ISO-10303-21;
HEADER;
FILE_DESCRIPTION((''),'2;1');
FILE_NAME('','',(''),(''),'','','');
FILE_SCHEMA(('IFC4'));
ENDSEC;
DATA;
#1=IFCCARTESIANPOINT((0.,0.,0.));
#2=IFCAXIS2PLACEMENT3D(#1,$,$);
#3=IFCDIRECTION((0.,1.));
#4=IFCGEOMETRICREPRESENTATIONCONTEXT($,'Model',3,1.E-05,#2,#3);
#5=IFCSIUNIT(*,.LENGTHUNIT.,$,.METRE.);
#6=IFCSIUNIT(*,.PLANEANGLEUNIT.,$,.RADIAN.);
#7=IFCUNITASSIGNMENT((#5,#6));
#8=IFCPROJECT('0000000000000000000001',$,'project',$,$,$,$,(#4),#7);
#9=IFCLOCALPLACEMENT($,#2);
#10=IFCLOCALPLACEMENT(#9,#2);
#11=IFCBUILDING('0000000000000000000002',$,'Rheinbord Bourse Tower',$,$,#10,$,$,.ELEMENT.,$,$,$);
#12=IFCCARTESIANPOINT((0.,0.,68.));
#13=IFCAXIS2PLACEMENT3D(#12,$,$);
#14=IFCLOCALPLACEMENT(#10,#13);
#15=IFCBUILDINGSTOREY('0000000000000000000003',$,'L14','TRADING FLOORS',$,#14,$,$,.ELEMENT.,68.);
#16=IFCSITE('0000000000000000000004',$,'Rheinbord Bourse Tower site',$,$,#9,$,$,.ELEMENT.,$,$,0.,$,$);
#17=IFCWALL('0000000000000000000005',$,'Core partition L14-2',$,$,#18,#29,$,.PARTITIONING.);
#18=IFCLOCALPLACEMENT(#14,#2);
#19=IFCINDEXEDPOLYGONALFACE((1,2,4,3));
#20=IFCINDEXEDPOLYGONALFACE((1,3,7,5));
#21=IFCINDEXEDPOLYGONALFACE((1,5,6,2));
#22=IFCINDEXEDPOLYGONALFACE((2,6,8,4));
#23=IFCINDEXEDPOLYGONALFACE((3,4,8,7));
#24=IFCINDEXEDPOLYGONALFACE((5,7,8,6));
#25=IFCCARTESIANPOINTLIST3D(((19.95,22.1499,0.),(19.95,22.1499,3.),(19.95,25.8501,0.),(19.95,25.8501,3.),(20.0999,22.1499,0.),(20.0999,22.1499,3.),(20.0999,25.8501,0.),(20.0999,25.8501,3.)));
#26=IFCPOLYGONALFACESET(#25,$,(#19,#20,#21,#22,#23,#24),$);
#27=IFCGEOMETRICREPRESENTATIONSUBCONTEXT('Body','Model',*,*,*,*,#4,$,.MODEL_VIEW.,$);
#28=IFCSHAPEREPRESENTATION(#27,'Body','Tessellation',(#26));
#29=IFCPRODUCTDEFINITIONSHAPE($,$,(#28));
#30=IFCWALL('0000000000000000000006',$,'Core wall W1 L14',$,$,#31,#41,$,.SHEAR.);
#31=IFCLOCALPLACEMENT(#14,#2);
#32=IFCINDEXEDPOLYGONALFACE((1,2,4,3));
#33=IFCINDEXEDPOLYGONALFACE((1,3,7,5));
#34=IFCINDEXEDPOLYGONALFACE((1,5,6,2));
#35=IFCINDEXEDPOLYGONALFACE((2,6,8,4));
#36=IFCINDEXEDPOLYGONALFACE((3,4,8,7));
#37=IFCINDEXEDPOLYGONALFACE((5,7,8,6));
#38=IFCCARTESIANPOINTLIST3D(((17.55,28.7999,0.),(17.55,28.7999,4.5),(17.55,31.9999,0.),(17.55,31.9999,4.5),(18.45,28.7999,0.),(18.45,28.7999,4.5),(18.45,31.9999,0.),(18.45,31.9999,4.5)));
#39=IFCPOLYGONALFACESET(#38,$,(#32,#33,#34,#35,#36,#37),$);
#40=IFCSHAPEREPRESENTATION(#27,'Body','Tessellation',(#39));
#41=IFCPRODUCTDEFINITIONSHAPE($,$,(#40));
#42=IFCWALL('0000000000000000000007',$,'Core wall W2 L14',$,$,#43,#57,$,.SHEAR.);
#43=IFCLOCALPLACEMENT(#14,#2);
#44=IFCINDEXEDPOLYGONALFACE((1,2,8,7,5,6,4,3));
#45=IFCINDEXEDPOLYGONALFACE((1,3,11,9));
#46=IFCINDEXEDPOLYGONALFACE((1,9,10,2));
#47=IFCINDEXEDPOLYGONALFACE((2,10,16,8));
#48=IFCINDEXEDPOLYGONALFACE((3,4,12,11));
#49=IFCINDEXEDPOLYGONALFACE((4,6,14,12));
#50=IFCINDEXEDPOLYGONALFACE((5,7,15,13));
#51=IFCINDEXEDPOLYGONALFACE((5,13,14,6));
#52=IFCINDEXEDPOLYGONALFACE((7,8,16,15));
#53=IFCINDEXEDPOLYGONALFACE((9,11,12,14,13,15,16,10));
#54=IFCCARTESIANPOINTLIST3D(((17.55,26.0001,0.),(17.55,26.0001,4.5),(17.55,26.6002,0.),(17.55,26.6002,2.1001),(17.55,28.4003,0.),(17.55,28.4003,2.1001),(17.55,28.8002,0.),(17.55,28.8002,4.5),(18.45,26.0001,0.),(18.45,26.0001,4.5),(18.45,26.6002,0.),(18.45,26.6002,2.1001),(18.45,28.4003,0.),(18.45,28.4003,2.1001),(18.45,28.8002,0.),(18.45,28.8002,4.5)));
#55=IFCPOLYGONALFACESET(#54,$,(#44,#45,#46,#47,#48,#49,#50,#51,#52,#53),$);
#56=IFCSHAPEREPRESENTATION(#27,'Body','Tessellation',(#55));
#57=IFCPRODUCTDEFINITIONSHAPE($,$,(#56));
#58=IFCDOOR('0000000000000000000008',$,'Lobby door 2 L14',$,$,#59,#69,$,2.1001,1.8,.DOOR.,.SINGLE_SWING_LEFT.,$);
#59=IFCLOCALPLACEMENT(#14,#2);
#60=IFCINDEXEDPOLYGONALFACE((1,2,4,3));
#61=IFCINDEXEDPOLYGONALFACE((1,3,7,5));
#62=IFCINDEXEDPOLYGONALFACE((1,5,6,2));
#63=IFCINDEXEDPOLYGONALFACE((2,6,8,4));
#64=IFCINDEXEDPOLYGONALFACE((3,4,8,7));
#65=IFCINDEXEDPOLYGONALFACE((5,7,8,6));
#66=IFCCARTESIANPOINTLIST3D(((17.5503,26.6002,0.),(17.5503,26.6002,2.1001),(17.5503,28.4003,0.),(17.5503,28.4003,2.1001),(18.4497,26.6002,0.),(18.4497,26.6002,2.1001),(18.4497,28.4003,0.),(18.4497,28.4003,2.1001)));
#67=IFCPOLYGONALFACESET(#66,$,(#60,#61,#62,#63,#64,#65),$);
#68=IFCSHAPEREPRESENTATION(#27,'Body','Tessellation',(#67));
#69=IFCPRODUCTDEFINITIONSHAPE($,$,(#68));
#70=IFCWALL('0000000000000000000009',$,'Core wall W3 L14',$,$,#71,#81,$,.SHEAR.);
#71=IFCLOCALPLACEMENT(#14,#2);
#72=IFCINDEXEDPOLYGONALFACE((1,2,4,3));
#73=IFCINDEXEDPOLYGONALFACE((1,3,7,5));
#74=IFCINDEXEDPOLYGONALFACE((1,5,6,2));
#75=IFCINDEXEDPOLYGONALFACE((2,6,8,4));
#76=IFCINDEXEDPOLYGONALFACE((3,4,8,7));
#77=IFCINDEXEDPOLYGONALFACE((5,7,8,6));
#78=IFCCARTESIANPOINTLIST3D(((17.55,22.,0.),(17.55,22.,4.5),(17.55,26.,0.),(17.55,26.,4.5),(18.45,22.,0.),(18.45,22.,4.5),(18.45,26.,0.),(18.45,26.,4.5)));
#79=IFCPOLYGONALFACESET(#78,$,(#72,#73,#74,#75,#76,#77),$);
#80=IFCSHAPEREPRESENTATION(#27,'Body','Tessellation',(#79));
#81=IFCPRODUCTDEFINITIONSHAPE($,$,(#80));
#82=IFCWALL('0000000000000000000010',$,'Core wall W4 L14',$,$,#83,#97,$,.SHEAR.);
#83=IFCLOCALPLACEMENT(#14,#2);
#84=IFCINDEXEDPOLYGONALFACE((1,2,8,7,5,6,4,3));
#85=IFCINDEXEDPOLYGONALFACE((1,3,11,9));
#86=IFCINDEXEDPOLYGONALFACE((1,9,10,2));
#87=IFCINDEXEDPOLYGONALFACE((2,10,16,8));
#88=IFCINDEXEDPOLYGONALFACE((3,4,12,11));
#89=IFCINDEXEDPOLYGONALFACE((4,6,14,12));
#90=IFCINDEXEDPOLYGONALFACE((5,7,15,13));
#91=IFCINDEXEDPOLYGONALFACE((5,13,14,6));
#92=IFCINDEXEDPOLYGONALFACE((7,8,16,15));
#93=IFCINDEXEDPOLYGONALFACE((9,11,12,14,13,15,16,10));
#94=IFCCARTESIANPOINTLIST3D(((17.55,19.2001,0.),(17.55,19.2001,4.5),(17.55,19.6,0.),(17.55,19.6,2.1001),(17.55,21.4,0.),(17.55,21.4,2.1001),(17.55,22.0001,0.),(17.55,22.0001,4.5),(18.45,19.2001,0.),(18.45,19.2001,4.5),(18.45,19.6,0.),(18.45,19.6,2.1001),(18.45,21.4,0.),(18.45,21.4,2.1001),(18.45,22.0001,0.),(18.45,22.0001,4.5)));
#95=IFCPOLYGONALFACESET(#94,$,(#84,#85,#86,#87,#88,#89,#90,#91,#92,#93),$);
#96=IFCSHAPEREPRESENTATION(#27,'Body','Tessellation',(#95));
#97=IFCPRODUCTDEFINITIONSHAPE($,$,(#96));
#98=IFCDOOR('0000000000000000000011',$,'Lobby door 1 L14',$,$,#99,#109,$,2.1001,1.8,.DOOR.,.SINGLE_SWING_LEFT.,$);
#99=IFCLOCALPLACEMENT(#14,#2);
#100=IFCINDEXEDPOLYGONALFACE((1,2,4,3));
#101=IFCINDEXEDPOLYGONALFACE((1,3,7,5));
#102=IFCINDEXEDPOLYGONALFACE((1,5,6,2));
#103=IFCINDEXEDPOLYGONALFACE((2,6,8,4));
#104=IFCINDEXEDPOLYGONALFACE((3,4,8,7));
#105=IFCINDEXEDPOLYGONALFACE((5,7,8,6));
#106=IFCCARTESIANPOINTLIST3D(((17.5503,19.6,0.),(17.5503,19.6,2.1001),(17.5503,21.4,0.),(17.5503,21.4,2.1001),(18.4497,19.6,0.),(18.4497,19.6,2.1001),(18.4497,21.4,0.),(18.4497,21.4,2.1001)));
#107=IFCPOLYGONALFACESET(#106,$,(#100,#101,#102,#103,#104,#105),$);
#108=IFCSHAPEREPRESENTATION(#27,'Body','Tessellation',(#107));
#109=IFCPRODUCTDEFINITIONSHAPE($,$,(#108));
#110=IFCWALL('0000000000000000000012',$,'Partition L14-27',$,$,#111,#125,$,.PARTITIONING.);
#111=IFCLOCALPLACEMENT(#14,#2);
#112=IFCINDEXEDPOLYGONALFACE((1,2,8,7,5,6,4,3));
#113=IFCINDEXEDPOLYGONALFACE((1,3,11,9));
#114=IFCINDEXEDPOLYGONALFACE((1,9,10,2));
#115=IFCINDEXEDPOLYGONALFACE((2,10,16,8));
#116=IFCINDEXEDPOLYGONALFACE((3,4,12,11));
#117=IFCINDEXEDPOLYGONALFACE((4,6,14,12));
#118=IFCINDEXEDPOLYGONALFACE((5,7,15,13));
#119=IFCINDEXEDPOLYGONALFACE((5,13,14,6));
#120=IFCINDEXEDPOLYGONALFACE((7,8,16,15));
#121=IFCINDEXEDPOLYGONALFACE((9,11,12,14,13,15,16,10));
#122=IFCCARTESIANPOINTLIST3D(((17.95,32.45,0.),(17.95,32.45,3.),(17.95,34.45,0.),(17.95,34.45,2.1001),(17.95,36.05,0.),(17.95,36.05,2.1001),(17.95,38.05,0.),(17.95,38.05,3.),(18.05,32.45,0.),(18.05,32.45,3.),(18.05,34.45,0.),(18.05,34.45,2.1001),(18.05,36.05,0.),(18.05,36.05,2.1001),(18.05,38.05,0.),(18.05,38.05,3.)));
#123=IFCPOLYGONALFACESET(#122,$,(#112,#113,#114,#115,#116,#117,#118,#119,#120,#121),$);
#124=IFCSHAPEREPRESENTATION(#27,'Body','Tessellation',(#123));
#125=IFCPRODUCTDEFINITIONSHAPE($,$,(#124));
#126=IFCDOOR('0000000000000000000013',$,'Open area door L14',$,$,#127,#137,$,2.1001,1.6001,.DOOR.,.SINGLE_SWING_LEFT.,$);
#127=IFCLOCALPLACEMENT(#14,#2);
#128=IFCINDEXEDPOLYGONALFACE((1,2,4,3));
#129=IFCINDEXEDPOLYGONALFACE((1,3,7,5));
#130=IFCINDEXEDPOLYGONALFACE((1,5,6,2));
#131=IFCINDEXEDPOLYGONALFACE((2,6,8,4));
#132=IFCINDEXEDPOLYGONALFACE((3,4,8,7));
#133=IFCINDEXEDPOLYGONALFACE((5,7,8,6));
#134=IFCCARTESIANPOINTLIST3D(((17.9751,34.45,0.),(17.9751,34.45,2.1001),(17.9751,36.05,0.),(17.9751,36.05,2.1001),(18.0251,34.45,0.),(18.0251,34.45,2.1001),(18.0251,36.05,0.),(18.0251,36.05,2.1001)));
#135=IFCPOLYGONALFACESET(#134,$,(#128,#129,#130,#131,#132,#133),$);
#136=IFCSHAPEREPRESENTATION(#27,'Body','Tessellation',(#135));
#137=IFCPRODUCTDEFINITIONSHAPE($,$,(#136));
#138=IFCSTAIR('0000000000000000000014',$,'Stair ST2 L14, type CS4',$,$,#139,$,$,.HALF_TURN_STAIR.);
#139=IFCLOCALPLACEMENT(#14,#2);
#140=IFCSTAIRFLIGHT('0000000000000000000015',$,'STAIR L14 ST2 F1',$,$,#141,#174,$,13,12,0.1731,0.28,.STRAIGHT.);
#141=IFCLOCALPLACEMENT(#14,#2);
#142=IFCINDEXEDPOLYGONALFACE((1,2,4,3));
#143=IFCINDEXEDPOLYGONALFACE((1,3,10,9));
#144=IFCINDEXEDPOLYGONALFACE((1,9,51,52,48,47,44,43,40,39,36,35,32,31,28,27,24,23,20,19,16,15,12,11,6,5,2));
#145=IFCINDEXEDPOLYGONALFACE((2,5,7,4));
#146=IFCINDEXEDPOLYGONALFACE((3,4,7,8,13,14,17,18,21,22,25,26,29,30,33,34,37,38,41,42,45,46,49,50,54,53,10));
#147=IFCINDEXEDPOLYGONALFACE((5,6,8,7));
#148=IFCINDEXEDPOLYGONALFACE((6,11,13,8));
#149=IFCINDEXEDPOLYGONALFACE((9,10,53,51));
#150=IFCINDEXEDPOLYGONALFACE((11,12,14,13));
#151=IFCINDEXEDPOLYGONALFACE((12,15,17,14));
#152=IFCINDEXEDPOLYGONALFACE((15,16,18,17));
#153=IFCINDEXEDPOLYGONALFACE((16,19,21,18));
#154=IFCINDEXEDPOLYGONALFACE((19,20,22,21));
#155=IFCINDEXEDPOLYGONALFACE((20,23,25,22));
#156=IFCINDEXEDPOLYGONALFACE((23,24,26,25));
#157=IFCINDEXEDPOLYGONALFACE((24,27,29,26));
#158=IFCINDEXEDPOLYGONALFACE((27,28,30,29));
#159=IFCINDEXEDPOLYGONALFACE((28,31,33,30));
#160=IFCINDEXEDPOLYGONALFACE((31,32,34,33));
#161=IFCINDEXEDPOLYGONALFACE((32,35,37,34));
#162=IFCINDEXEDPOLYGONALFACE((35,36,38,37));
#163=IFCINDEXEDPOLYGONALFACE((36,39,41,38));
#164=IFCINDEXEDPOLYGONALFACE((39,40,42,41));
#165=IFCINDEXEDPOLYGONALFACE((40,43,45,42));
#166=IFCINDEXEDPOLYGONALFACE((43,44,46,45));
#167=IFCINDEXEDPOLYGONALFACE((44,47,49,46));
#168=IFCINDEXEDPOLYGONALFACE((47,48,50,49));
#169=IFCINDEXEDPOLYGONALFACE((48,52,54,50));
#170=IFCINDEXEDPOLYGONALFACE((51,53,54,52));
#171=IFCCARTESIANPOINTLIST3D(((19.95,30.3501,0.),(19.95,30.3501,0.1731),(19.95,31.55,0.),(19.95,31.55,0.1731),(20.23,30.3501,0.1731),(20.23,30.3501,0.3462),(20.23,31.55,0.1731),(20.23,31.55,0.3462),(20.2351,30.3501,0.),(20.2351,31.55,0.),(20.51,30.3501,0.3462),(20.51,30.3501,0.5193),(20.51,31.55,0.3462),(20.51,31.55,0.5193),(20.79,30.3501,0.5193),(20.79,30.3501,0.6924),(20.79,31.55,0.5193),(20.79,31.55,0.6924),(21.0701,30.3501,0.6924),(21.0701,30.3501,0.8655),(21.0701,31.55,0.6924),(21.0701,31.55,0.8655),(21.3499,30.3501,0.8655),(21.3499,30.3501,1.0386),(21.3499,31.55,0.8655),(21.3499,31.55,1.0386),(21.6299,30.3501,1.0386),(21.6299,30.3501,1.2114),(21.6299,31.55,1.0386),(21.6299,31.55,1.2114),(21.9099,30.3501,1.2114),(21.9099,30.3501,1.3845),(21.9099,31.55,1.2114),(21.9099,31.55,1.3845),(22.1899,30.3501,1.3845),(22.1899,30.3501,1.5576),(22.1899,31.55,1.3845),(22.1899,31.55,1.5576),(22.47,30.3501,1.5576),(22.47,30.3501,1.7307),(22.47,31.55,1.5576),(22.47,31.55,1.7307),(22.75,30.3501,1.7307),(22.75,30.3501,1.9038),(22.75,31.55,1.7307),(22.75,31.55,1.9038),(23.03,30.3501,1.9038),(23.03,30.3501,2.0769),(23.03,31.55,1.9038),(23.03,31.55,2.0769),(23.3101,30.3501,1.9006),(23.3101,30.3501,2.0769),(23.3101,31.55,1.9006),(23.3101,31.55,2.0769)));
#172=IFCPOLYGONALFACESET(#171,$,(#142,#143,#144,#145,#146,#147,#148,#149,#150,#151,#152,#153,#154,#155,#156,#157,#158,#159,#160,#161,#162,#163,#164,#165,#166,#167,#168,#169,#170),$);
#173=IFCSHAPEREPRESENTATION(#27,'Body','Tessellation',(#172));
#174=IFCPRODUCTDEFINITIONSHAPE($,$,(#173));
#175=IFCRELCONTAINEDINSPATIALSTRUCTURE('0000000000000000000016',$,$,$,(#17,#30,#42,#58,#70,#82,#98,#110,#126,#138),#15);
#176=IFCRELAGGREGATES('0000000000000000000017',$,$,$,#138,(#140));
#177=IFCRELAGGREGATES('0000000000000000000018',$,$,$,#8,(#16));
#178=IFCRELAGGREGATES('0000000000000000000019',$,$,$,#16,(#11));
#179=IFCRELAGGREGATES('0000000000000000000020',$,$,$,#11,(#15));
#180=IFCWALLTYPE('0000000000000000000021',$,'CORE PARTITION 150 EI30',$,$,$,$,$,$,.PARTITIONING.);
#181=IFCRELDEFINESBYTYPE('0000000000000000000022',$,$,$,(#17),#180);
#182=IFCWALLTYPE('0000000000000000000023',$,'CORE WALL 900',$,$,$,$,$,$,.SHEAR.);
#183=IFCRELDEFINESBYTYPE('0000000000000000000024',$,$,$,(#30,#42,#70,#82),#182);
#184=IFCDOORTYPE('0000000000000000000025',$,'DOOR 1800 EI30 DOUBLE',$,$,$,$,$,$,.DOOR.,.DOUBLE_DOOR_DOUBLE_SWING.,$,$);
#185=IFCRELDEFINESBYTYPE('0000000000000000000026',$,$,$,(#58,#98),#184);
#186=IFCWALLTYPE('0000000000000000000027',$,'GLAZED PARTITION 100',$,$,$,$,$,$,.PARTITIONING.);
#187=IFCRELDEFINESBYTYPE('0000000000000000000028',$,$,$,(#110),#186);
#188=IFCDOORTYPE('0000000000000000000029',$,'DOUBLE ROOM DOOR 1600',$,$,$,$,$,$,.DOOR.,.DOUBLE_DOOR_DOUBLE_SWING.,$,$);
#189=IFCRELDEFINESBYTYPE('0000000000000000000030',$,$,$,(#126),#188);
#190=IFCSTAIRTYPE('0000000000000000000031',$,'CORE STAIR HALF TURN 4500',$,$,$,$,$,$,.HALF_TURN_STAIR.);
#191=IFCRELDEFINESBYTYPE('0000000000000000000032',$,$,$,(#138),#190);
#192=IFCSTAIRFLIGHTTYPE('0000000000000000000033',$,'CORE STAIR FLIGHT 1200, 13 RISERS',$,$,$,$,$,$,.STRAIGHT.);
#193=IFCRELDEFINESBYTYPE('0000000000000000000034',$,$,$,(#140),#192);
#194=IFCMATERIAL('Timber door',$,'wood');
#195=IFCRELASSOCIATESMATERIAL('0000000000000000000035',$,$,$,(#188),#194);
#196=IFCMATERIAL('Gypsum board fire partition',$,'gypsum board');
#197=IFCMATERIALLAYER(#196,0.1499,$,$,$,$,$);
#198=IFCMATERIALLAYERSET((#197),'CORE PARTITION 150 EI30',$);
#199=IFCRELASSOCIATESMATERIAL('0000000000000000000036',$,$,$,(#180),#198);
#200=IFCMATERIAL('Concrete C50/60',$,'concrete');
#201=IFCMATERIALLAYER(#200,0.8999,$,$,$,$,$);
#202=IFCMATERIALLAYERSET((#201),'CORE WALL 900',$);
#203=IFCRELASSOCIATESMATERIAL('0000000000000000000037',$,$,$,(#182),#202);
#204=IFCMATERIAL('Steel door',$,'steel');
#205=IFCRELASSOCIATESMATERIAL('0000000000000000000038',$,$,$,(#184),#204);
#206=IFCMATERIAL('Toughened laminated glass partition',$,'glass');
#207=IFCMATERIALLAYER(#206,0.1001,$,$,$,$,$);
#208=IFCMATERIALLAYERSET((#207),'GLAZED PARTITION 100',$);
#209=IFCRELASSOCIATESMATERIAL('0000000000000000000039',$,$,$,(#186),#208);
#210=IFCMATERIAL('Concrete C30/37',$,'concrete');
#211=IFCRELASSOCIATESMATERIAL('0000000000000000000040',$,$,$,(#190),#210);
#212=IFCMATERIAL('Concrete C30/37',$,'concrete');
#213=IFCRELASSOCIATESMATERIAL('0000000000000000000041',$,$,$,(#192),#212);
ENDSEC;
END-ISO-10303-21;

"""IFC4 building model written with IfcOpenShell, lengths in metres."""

from ifc_helpers import new_model, si_unit, direction, frame, frame_2d, origin, place, context, subcontext, project, spatial, polyline, rectangle, outline, extrude, material, layer, layer_set, type_object, element, fill, aggregate, save


model = new_model("IFC4")

# Units and contexts
model_context = context("Model", 3, precision=1e-05, world=origin(), true_north=direction((0.0, 1.0)))
body_context = subcontext(model_context, "Body", "Model", "MODEL_VIEW")
ifc_project = project(units=[si_unit("LENGTHUNIT", "METRE"), si_unit("PLANEANGLEUNIT", "RADIAN")], contexts=[model_context])

# Site, building, storey
site_placement = place(None, origin())
site = spatial("IfcSite", under=ifc_project, at=site_placement, Name="Rheinbord Bourse Tower site", CompositionType="ELEMENT", RefElevation=0.0)
building_placement = place(site_placement, origin())
building = spatial("IfcBuilding", under=site, at=building_placement, Name="Rheinbord Bourse Tower", CompositionType="ELEMENT")
storey_placement = place(building_placement, frame((0.0, 0.0, 68.0)))
storey = spatial("IfcBuildingStorey", under=building, at=storey_placement, Name="L14", Description="TRADING FLOORS", CompositionType="ELEMENT", Elevation=68.0)

# Shared definitions
ifc_material_1 = material(Name="Timber door", Category="wood")
door_type_1 = type_object("IfcDoorType", Name="DOUBLE ROOM DOOR 1600", OperationType="DOUBLE_DOOR_DOUBLE_SWING", PredefinedType="DOOR", material=ifc_material_1)

# Walls
ifc_material_2 = material(Name="Gypsum board fire partition", Category="gypsum board")
ifc_layer_1 = layer(ifc_material_2, 0.1499)
ifc_layer_set_1 = layer_set([ifc_layer_1], Name="CORE PARTITION 150 EI30")
wall_type_1 = type_object("IfcWallType", Name="CORE PARTITION 150 EI30", PredefinedType="PARTITIONING", material=ifc_layer_set_1)
wall_1_placement = place(storey_placement, frame((20.0249, 22.1499, 0.0), z_axis=(0.0, 0.0, 1.0), x_axis=(0.0, 1.0, 0.0)))
element("IfcWall", 1, at=wall_1_placement, inside=storey, type_object=wall_type_1, Name="Core partition L14-2", PredefinedType="PARTITIONING", context=body_context, shape_type="SweptSolid", body=[
    extrude(rectangle(XDim=3.7002, YDim=0.1499, at=frame_2d((1.8501, 0.0))), origin(), (0.0, 0.0, 1.0), 3.0),
])
ifc_material_3 = material(Name="Concrete C50/60", Category="concrete")
ifc_layer_2 = layer(ifc_material_3, 0.8999)
ifc_layer_set_2 = layer_set([ifc_layer_2], Name="CORE WALL 900")
wall_type_2 = type_object("IfcWallType", Name="CORE WALL 900", PredefinedType="SHEAR", material=ifc_layer_set_2)
wall_2_placement = place(storey_placement, frame((18.0, 32.0, 0.0), z_axis=(0.0, 0.0, 1.0), x_axis=(0.0, -1.0, 0.0)))
element("IfcWall", 2, at=wall_2_placement, inside=storey, type_object=wall_type_2, Name="Core wall W1 L14", PredefinedType="SHEAR", context=body_context, shape_type="SweptSolid", body=[
    extrude(rectangle(XDim=3.2, YDim=0.8999, at=frame_2d((1.6001, 0.0))), origin(), (0.0, 0.0, 1.0), 4.5),
])

# Wall, opening, door
wall_3_placement = place(storey_placement, frame((18.0, 28.8, 0.0), z_axis=(0.0, 0.0, 1.0), x_axis=(0.0, -1.0, 0.0)))
wall_3 = element("IfcWall", 3, at=wall_3_placement, inside=storey, type_object=wall_type_2, Name="Core wall W2 L14", PredefinedType="SHEAR", context=body_context, shape_type="SweptSolid", body=[
    extrude(rectangle(XDim=2.8, YDim=0.8999, at=frame_2d((1.3999, 0.0))), origin(), (0.0, 0.0, 1.0), 4.5),
])
opening_1_placement = place(wall_3_placement, frame((0.3999, 0.0, 0.0)))
opening_1 = element("IfcOpeningElement", 4, at=opening_1_placement, cuts=wall_3, PredefinedType="OPENING", context=body_context, shape_type="SweptSolid", body=[
    extrude(rectangle(XDim=1.8, YDim=2.1001, at=frame_2d((0.8999, 1.05))), frame((0.0, 0.46, 0.0), z_axis=(0.0, -1.0, 0.0), x_axis=(1.0, 0.0, 0.0)), (0.0, 0.0, 1.0), 0.9199),
])
ifc_material_4 = material(Name="Steel door", Category="steel")
door_type_2 = type_object("IfcDoorType", Name="DOOR 1800 EI30 DOUBLE", OperationType="DOUBLE_DOOR_DOUBLE_SWING", PredefinedType="DOOR", material=ifc_material_4)
door_1_placement = place(opening_1_placement, origin())
door_1 = element("IfcDoor", 5, at=door_1_placement, inside=storey, type_object=door_type_2, Name="Lobby door 2 L14", OperationType="SINGLE_SWING_LEFT", OverallHeight=2.1001, OverallWidth=1.8, PredefinedType="DOOR", context=body_context, shape_type="SweptSolid", body=[
    extrude(rectangle(XDim=1.8, YDim=2.1001, at=frame_2d((0.8999, 1.05))), frame((0.0, 0.4497, 0.0), z_axis=(0.0, -1.0, 0.0), x_axis=(1.0, 0.0, 0.0)), (0.0, 0.0, 1.0), 0.8994),
])
fill(opening_1, door_1)

# Wall
wall_4_placement = place(storey_placement, frame((18.0, 26.0, 0.0), z_axis=(0.0, 0.0, 1.0), x_axis=(0.0, -1.0, 0.0)))
element("IfcWall", 6, at=wall_4_placement, inside=storey, type_object=wall_type_2, Name="Core wall W3 L14", PredefinedType="SHEAR", context=body_context, shape_type="SweptSolid", body=[
    extrude(rectangle(XDim=4.0, YDim=0.8999, at=frame_2d((2.0, 0.0))), origin(), (0.0, 0.0, 1.0), 4.5),
])

# Walls, openings, doors
wall_5_placement = place(storey_placement, frame((18.0, 22.0, 0.0), z_axis=(0.0, 0.0, 1.0), x_axis=(0.0, -1.0, 0.0)))
wall_5 = element("IfcWall", 7, at=wall_5_placement, inside=storey, type_object=wall_type_2, Name="Core wall W4 L14", PredefinedType="SHEAR", context=body_context, shape_type="SweptSolid", body=[
    extrude(rectangle(XDim=2.8, YDim=0.8999, at=frame_2d((1.3999, 0.0))), origin(), (0.0, 0.0, 1.0), 4.5),
])
opening_2_placement = place(wall_5_placement, frame((0.6001, 0.0, 0.0)))
opening_2 = element("IfcOpeningElement", 8, at=opening_2_placement, cuts=wall_5, PredefinedType="OPENING", context=body_context, shape_type="SweptSolid", body=[
    extrude(rectangle(XDim=1.8, YDim=2.1001, at=frame_2d((0.8999, 1.05))), frame((0.0, 0.46, 0.0), z_axis=(0.0, -1.0, 0.0), x_axis=(1.0, 0.0, 0.0)), (0.0, 0.0, 1.0), 0.9199),
])
door_2_placement = place(opening_2_placement, origin())
door_2 = element("IfcDoor", 9, at=door_2_placement, inside=storey, type_object=door_type_2, Name="Lobby door 1 L14", OperationType="SINGLE_SWING_LEFT", OverallHeight=2.1001, OverallWidth=1.8, PredefinedType="DOOR", context=body_context, shape_type="SweptSolid", body=[
    extrude(rectangle(XDim=1.8, YDim=2.1001, at=frame_2d((0.8999, 1.05))), frame((0.0, 0.4497, 0.0), z_axis=(0.0, -1.0, 0.0), x_axis=(1.0, 0.0, 0.0)), (0.0, 0.0, 1.0), 0.8994),
])
fill(opening_2, door_2)
ifc_material_5 = material(Name="Toughened laminated glass partition", Category="glass")
ifc_layer_3 = layer(ifc_material_5, 0.1001)
ifc_layer_set_3 = layer_set([ifc_layer_3], Name="GLAZED PARTITION 100")
wall_type_3 = type_object("IfcWallType", Name="GLAZED PARTITION 100", PredefinedType="PARTITIONING", material=ifc_layer_set_3)
wall_6_placement = place(storey_placement, frame((18.0, 32.45, 0.0), z_axis=(0.0, 0.0, 1.0), x_axis=(0.0, 1.0, 0.0)))
wall_6 = element("IfcWall", 10, at=wall_6_placement, inside=storey, type_object=wall_type_3, Name="Partition L14-27", PredefinedType="PARTITIONING", context=body_context, shape_type="SweptSolid", body=[
    extrude(rectangle(XDim=5.6001, YDim=0.1001, at=frame_2d((2.8, 0.0))), origin(), (0.0, 0.0, 1.0), 3.0),
])
opening_3_placement = place(wall_6_placement, frame((2.0, 0.0, 0.0)))
opening_3 = element("IfcOpeningElement", 11, at=opening_3_placement, cuts=wall_6, PredefinedType="OPENING", context=body_context, shape_type="SweptSolid", body=[
    extrude(rectangle(XDim=1.6001, YDim=2.1001, at=frame_2d((0.8, 1.05))), frame((0.0, 0.0601, 0.0), z_axis=(0.0, -1.0, 0.0), x_axis=(1.0, 0.0, 0.0)), (0.0, 0.0, 1.0), 0.1201),
])
door_3_placement = place(opening_3_placement, origin())
door_3 = element("IfcDoor", 12, at=door_3_placement, inside=storey, type_object=door_type_1, Name="Open area door L14", OperationType="SINGLE_SWING_LEFT", OverallHeight=2.1001, OverallWidth=1.6001, PredefinedType="DOOR", context=body_context, shape_type="SweptSolid", body=[
    extrude(rectangle(XDim=1.6001, YDim=2.1001, at=frame_2d((0.8, 1.05))), frame((0.0, 0.0249, 0.0), z_axis=(0.0, -1.0, 0.0), x_axis=(1.0, 0.0, 0.0)), (0.0, 0.0, 1.0), 0.05),
])
fill(opening_3, door_3)

# Stair, stair flight
ifc_material_6 = material(Name="Concrete C30/37", Category="concrete")
stair_type = type_object("IfcStairType", Name="CORE STAIR HALF TURN 4500", PredefinedType="HALF_TURN_STAIR", material=ifc_material_6)
stair_placement = place(storey_placement, origin())
stair = element("IfcStair", 13, at=stair_placement, inside=storey, type_object=stair_type, Name="Stair ST2 L14, type CS4", PredefinedType="HALF_TURN_STAIR")
ifc_material_7 = material(Name="Concrete C30/37", Category="concrete")
stair_flight_type = type_object("IfcStairFlightType", Name="CORE STAIR FLIGHT 1200, 13 RISERS", PredefinedType="STRAIGHT", material=ifc_material_7)
stair_flight_1_placement = place(storey_placement, frame((19.95, 30.95, 0.0), z_axis=(0.0, 0.0, 1.0), x_axis=(1.0, 0.0, 0.0)))
stair_flight_1 = element("IfcStairFlight", 14, at=stair_flight_1_placement, type_object=stair_flight_type, Name="STAIR L14 ST2 F1", NumberOfRisers=13, NumberOfTreads=12, PredefinedType="STRAIGHT", RiserHeight=0.1731, TreadLength=0.28, context=body_context, shape_type="SweptSolid", body=[
    extrude(outline(polyline([(0.0, 0.0), (0.0, 0.1731), (0.28, 0.1731), (0.28, 0.3462), (0.5601, 0.3462), (0.5601, 0.5193), (0.8401, 0.5193), (0.8401, 0.6924), (1.1201, 0.6924), (1.1201, 0.8655), (1.3999, 0.8655), (1.3999, 1.0386), (1.6799, 1.0386), (1.6799, 1.2114), (1.96, 1.2114), (1.96, 1.3845), (2.24, 1.3845), (2.24, 1.5576), (2.52, 1.5576), (2.52, 1.7307), (2.8, 1.7307), (2.8, 1.9038), (3.0801, 1.9038), (3.0801, 2.0769), (3.3601, 2.0769), (3.3601, 2.25), (3.3601, 1.9006), (0.2852, 0.0), (0.0, 0.0)])), frame((0.0, 0.6001, 0.0), z_axis=(0.0, -1.0, 0.0), x_axis=(1.0, 0.0, 0.0)), (0.0, 0.0, 1.0), 1.2),
])
aggregate(stair, [stair_flight_1])

save(model, "model.ifc")
